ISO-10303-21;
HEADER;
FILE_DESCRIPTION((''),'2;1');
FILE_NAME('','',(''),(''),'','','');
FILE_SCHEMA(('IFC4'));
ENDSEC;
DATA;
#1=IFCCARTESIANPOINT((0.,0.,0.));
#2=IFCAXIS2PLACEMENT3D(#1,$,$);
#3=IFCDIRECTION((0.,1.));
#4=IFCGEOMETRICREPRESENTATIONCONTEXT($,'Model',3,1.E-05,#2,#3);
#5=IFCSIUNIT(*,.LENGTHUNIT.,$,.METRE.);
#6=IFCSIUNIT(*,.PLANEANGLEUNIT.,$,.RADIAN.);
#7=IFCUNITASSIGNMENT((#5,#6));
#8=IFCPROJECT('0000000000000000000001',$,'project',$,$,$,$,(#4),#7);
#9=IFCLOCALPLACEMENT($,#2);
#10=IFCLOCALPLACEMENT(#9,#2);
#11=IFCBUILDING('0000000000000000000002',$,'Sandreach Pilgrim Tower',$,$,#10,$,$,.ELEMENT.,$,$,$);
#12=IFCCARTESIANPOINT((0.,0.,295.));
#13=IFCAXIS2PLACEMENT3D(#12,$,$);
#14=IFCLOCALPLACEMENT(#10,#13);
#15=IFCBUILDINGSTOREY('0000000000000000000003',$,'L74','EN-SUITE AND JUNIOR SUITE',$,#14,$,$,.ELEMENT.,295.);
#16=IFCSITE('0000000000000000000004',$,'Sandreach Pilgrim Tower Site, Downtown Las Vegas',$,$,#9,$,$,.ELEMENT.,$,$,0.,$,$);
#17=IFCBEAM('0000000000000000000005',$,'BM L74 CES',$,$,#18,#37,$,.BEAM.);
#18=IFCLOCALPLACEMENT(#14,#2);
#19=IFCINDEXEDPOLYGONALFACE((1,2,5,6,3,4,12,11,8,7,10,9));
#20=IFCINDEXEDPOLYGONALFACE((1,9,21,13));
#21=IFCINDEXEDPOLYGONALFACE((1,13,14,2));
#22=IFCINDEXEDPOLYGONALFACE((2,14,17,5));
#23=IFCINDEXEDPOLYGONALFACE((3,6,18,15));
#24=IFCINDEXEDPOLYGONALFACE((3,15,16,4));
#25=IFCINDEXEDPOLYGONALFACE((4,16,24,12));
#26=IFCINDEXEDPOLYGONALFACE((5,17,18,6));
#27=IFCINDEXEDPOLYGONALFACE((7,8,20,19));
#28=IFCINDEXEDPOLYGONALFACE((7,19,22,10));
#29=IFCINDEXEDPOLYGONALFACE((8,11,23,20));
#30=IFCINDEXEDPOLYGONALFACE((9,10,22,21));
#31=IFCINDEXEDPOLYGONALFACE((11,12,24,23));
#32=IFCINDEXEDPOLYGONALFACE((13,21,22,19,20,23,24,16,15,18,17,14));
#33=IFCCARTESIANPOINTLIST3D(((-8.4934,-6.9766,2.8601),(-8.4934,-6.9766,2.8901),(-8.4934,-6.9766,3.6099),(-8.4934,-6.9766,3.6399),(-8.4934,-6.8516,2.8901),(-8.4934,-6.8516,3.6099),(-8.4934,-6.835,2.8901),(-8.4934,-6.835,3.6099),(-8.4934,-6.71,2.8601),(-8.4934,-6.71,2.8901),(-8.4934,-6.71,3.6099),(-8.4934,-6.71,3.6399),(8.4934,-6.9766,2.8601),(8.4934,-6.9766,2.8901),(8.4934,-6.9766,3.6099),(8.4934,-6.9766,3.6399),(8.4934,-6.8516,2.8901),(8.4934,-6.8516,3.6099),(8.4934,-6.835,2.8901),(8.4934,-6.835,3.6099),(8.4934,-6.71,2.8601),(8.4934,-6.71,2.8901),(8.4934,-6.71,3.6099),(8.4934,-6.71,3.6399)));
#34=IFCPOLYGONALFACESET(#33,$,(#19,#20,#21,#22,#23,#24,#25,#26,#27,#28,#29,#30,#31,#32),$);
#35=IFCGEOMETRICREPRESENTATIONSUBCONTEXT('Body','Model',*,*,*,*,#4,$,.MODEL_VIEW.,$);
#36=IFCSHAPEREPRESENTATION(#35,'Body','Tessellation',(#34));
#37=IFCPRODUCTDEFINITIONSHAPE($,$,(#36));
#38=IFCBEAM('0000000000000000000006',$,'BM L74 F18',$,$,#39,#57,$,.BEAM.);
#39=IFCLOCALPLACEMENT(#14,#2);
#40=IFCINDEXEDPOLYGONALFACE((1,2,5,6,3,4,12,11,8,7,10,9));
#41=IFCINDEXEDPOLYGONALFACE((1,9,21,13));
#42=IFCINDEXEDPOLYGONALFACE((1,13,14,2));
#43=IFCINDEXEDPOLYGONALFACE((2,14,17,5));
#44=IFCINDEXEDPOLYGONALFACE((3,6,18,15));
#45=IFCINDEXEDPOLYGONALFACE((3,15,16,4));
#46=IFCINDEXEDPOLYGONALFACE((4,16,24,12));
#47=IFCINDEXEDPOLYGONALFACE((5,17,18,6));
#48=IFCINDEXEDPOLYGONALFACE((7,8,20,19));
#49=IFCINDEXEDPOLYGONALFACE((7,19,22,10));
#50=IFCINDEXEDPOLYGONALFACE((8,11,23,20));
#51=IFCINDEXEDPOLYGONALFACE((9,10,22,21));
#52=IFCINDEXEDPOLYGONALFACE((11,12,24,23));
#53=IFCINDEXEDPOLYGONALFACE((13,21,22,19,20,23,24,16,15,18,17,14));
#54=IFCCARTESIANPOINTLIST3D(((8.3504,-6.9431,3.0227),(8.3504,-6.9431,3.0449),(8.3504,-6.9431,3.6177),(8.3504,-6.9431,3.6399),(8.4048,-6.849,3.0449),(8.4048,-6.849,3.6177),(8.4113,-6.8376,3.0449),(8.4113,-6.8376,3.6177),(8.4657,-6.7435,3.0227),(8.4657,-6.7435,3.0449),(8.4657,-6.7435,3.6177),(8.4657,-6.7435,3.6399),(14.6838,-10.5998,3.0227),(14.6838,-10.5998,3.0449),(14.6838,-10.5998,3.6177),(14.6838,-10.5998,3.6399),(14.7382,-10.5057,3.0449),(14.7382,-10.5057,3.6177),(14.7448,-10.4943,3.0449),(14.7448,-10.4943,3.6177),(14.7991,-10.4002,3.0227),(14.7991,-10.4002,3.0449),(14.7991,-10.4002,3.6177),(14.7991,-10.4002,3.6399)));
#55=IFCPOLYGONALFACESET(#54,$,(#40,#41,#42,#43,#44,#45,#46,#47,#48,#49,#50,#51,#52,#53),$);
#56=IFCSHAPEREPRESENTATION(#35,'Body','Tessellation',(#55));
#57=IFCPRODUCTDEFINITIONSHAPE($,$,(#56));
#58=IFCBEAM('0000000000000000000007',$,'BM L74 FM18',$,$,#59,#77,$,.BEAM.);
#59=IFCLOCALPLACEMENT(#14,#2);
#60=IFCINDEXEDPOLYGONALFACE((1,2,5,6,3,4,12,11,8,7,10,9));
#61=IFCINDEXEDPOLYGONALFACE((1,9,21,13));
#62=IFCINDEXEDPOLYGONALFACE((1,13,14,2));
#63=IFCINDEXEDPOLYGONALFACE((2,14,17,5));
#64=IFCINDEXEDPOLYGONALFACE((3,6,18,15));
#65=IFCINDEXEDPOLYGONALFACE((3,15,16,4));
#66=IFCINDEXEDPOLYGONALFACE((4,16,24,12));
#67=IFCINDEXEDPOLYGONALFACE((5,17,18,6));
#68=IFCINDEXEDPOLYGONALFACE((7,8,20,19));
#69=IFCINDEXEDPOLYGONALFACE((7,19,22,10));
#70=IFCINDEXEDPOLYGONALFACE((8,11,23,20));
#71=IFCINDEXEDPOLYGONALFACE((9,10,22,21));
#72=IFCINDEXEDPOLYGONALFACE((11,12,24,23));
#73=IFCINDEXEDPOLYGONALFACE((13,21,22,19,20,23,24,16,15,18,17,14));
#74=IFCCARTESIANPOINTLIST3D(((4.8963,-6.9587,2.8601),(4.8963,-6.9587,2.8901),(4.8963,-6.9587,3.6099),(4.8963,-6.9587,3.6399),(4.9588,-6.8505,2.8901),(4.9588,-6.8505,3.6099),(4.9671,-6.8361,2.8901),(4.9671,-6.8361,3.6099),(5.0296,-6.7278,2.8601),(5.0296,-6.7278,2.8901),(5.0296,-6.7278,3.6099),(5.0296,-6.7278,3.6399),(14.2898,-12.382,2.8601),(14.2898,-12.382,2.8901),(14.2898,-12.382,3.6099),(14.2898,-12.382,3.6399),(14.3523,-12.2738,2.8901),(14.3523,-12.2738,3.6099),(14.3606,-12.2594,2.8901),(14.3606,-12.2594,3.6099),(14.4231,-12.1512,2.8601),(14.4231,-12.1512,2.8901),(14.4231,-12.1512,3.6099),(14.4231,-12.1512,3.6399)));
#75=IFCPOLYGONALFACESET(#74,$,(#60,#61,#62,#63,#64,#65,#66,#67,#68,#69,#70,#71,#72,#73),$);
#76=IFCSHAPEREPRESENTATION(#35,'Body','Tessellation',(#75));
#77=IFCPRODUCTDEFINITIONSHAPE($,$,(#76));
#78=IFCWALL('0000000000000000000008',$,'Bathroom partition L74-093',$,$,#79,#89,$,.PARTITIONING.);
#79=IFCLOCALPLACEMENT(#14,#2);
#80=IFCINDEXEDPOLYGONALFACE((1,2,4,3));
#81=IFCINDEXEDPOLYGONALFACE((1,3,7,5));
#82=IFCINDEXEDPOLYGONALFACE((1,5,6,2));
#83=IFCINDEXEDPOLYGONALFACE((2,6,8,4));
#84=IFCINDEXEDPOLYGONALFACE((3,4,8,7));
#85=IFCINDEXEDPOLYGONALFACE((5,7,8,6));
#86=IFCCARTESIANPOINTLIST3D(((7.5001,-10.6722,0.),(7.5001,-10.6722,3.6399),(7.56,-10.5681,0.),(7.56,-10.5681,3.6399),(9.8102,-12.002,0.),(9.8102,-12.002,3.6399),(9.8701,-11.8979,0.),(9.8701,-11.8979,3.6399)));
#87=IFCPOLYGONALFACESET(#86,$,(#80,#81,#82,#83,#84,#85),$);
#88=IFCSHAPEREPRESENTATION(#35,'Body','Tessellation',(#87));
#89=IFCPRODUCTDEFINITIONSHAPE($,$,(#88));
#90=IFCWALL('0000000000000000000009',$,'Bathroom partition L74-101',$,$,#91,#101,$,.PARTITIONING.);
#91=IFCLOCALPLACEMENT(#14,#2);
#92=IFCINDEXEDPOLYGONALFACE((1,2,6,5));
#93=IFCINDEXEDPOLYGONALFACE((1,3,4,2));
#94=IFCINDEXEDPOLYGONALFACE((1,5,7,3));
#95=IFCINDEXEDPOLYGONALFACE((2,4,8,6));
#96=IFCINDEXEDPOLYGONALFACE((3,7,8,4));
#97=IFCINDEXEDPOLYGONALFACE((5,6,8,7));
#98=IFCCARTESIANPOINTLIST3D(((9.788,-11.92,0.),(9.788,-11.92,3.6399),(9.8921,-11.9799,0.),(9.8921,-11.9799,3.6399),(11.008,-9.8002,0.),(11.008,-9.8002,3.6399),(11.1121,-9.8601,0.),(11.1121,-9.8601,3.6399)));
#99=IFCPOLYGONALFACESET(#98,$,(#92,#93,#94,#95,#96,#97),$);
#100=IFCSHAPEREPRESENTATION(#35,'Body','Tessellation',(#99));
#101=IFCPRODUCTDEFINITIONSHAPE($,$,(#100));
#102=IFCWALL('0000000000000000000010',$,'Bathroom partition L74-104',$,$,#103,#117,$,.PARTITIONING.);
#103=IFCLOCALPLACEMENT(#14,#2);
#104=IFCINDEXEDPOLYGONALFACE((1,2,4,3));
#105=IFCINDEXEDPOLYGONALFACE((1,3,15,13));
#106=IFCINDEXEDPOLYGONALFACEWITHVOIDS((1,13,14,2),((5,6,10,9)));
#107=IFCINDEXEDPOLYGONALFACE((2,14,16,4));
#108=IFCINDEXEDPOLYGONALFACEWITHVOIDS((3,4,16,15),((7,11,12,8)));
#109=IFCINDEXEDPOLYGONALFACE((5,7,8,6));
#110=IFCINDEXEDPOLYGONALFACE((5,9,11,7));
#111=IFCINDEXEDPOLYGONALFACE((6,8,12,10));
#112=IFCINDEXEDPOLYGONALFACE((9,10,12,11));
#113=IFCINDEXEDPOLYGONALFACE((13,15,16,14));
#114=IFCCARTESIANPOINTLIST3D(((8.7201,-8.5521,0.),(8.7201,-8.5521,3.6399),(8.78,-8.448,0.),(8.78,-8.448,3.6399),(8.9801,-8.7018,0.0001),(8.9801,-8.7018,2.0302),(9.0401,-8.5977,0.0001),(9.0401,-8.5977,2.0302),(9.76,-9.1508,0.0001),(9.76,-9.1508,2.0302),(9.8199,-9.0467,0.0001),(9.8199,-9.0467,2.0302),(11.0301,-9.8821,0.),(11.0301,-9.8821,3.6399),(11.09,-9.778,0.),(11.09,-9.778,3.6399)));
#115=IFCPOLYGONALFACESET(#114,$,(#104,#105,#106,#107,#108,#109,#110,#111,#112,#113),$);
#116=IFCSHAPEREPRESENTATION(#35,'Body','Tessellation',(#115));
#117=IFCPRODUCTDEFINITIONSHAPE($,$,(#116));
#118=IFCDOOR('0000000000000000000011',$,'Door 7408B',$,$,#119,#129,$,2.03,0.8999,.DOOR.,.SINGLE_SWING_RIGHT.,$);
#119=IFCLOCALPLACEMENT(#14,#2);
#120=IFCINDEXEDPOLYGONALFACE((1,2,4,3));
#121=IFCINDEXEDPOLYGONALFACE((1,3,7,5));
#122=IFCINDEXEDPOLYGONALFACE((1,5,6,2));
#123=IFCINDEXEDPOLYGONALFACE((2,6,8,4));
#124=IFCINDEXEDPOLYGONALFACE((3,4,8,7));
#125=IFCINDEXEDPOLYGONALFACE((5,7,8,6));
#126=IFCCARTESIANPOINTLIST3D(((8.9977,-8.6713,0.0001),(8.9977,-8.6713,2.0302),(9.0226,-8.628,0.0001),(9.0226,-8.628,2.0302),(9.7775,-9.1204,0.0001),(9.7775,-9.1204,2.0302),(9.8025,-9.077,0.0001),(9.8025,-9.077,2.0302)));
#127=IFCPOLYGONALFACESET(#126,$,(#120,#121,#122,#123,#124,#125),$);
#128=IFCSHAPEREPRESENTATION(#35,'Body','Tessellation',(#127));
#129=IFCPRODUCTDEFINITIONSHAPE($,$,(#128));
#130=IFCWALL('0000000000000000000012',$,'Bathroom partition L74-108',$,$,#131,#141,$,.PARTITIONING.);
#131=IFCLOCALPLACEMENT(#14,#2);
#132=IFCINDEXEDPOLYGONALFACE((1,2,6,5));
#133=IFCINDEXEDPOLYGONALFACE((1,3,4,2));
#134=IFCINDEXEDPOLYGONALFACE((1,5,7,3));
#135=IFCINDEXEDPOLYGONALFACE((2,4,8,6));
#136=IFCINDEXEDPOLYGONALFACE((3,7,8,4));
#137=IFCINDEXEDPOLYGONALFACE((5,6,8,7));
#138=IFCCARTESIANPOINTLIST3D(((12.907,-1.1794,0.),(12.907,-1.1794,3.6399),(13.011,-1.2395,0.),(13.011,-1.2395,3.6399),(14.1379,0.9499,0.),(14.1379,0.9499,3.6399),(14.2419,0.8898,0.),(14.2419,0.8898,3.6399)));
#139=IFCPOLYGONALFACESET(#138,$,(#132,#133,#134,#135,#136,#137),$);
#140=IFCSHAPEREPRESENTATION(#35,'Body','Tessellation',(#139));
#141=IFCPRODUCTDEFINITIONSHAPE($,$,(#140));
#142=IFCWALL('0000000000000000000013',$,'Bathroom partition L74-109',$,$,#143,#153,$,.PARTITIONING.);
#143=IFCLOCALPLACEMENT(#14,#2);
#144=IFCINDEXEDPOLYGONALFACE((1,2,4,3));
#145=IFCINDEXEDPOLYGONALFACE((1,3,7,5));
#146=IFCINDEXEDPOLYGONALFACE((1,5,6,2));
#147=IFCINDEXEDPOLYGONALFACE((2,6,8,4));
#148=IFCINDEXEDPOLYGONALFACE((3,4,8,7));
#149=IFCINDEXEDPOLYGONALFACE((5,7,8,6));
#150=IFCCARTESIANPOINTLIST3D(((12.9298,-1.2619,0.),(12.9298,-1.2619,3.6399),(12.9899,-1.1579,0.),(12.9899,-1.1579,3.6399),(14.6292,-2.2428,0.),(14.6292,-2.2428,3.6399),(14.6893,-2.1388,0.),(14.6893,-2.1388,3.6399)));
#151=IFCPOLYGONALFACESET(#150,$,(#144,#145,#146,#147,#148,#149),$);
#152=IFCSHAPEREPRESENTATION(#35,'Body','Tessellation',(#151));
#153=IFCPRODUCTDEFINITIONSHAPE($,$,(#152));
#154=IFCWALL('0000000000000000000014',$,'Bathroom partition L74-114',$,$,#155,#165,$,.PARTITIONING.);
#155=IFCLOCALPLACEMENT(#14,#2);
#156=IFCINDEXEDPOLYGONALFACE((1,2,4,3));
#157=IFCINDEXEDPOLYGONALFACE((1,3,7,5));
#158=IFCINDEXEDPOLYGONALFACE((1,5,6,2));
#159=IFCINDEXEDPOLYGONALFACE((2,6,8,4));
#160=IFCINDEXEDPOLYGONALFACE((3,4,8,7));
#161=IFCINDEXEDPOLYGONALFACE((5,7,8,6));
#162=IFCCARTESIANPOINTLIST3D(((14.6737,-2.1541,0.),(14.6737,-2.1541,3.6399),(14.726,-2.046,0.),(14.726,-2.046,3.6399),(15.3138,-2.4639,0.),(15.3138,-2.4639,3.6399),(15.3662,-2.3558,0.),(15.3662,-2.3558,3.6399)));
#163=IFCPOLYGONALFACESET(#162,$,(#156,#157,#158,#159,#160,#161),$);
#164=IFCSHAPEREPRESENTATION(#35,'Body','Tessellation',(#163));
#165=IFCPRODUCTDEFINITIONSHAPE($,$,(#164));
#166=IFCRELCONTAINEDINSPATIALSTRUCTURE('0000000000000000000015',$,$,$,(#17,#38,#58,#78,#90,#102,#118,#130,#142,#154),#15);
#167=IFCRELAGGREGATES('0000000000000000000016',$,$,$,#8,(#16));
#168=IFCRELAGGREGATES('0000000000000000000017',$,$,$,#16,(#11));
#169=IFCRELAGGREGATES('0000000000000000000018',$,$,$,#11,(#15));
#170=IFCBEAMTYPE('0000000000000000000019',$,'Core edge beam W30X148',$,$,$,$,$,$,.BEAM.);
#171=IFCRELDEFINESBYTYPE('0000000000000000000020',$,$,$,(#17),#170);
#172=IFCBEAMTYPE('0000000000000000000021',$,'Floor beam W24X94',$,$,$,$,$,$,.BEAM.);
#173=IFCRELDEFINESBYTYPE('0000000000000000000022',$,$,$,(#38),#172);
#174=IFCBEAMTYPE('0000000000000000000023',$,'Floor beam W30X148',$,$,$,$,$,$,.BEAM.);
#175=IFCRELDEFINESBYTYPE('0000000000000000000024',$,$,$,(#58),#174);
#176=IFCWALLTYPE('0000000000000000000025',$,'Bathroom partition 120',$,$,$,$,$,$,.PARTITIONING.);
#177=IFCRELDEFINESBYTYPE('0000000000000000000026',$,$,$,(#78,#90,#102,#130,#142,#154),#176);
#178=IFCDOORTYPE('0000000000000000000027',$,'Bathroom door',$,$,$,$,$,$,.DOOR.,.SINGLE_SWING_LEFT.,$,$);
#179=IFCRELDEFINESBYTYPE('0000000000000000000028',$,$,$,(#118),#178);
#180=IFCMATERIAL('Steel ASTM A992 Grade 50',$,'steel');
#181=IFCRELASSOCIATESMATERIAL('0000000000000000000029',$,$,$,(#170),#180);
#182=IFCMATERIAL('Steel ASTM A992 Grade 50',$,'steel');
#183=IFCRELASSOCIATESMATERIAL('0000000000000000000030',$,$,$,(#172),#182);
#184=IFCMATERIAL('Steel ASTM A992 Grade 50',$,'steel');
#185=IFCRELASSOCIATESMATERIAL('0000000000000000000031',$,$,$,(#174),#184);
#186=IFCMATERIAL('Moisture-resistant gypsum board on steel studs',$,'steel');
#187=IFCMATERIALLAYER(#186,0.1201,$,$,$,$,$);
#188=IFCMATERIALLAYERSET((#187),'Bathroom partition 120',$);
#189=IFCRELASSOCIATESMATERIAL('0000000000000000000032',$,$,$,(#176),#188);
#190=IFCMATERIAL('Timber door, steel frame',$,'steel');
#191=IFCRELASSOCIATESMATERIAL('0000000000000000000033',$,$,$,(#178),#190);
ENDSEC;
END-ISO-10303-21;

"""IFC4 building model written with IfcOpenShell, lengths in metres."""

from ifc_helpers import new_model, si_unit, direction, frame, frame_2d, origin, origin_2d, place, context, subcontext, project, spatial, rectangle, i_section, extrude, material, layer, layer_set, material_profile, profile_set, type_object, element, fill, save


model = new_model("IFC4")

# Units and contexts
model_context = context("Model", 3, precision=1e-05, world=origin(), true_north=direction((0.0, 1.0)))
body_context = subcontext(model_context, "Body", "Model", "MODEL_VIEW")
ifc_project = project(units=[si_unit("LENGTHUNIT", "METRE"), si_unit("PLANEANGLEUNIT", "RADIAN")], contexts=[model_context])

# Site, building, storey
site_placement = place(None, origin())
site = spatial("IfcSite", under=ifc_project, at=site_placement, Name="Sandreach Pilgrim Tower Site, Downtown Las Vegas", CompositionType="ELEMENT", RefElevation=0.0)
building_placement = place(site_placement, origin())
building = spatial("IfcBuilding", under=site, at=building_placement, Name="Sandreach Pilgrim Tower", CompositionType="ELEMENT")
storey_placement = place(building_placement, frame((0.0, 0.0, 295.0)))
storey = spatial("IfcBuildingStorey", under=building, at=storey_placement, Name="L74", Description="EN-SUITE AND JUNIOR SUITE", CompositionType="ELEMENT", Elevation=295.0)

# Beams
ifc_material_1 = material(Name="Steel ASTM A992 Grade 50", Category="steel")
ifc_material_profile_1 = material_profile(ifc_material_1, i_section(OverallWidth=0.2666, OverallDepth=0.7798, WebThickness=0.0166, FlangeThickness=0.03, at=origin_2d()), Name="W30X148")
ifc_profile_set_1 = profile_set([ifc_material_profile_1], Name="Steel ASTM A992 Grade 50")
beam_type_1 = type_object("IfcBeamType", Name="Core edge beam W30X148", PredefinedType="BEAM", material=ifc_profile_set_1)
beam_1_placement = place(storey_placement, frame((8.4934, -6.8433, 3.25), z_axis=(-1.0, 0.0, 0.0), x_axis=(0.0, -1.0, 0.0)))
element("IfcBeam", 1, at=beam_1_placement, inside=storey, type_object=beam_type_1, Name="BM L74 CES", PredefinedType="BEAM", context=body_context, shape_type="SweptSolid", body=[
    extrude(i_section(OverallWidth=0.2666, OverallDepth=0.7798, WebThickness=0.0166, FlangeThickness=0.03, at=origin_2d()), origin(), (0.0, 0.0, 1.0), 16.9868),
])
ifc_material_2 = material(Name="Steel ASTM A992 Grade 50", Category="steel")
ifc_material_profile_2 = material_profile(ifc_material_2, i_section(OverallWidth=0.2305, OverallDepth=0.6172, WebThickness=0.0132, FlangeThickness=0.0222, at=origin_2d()), Name="W24X94")
ifc_profile_set_2 = profile_set([ifc_material_profile_2], Name="Steel ASTM A992 Grade 50")
beam_type_2 = type_object("IfcBeamType", Name="Floor beam W24X94", PredefinedType="BEAM", material=ifc_profile_set_2)
beam_2_placement = place(storey_placement, frame((14.7415, -10.5, 3.3313), z_axis=(-0.86602, 0.500009, 0.0), x_axis=(-0.500009, -0.86602, 0.0)))
element("IfcBeam", 2, at=beam_2_placement, inside=storey, type_object=beam_type_2, Name="BM L74 F18", PredefinedType="BEAM", context=body_context, shape_type="SweptSolid", body=[
    extrude(i_section(OverallWidth=0.2305, OverallDepth=0.6172, WebThickness=0.0132, FlangeThickness=0.0222, at=origin_2d()), origin(), (0.0, 0.0, 1.0), 7.3132),
])
ifc_material_3 = material(Name="Steel ASTM A992 Grade 50", Category="steel")
ifc_material_profile_3 = material_profile(ifc_material_3, i_section(OverallWidth=0.2666, OverallDepth=0.7798, WebThickness=0.0166, FlangeThickness=0.03, at=origin_2d()), Name="W30X148")
ifc_profile_set_3 = profile_set([ifc_material_profile_3], Name="Steel ASTM A992 Grade 50")
beam_type_3 = type_object("IfcBeamType", Name="Floor beam W30X148", PredefinedType="BEAM", material=ifc_profile_set_3)
beam_3_placement = place(storey_placement, frame((14.3564, -12.2666, 3.25), z_axis=(-0.866027, 0.499998, 0.0), x_axis=(-0.499998, -0.866027, 0.0)))
element("IfcBeam", 3, at=beam_3_placement, inside=storey, type_object=beam_type_3, Name="BM L74 FM18", PredefinedType="BEAM", context=body_context, shape_type="SweptSolid", body=[
    extrude(i_section(OverallWidth=0.2666, OverallDepth=0.7798, WebThickness=0.0166, FlangeThickness=0.03, at=origin_2d()), origin(), (0.0, 0.0, 1.0), 10.8467),
])

# Walls
ifc_material_4 = material(Name="Moisture-resistant gypsum board on steel studs", Category="steel")
ifc_layer_1 = layer(ifc_material_4, 0.1201)
ifc_layer_set_1 = layer_set([ifc_layer_1], Name="Bathroom partition 120")
wall_type_1 = type_object("IfcWallType", Name="Bathroom partition 120", PredefinedType="PARTITIONING", material=ifc_layer_set_1)
wall_1_placement = place(storey_placement, frame((7.53, -10.6201, 0.0), z_axis=(0.0, 0.0, 1.0), x_axis=(0.866655, -0.498908, 0.0)))
element("IfcWall", 4, at=wall_1_placement, inside=storey, type_object=wall_type_1, Name="Bathroom partition L74-093", PredefinedType="PARTITIONING", context=body_context, shape_type="SweptSolid", body=[
    extrude(rectangle(XDim=2.6655, YDim=0.1201, at=frame_2d((1.3328, 0.0))), origin(), (0.0, 0.0, 1.0), 3.6399),
])
wall_2_placement = place(storey_placement, frame((9.8401, -11.95, 0.0), z_axis=(0.0, 0.0, 1.0), x_axis=(0.498792, 0.866722, 0.0)))
element("IfcWall", 5, at=wall_2_placement, inside=storey, type_object=wall_type_1, Name="Bathroom partition L74-101", PredefinedType="PARTITIONING", context=body_context, shape_type="SweptSolid", body=[
    extrude(rectangle(XDim=2.4458, YDim=0.1201, at=frame_2d((1.2229, 0.0))), origin(), (0.0, 0.0, 1.0), 3.6399),
])

# Wall, opening, door
wall_3_placement = place(storey_placement, frame((11.0601, -9.8301, 0.0), z_axis=(0.0, 0.0, 1.0), x_axis=(-0.866615, 0.498977, 0.0)))
wall_3 = element("IfcWall", 6, at=wall_3_placement, inside=storey, type_object=wall_type_1, Name="Bathroom partition L74-104", PredefinedType="PARTITIONING", context=body_context, shape_type="SweptSolid", body=[
    extrude(rectangle(XDim=2.6655, YDim=0.1201, at=frame_2d((1.3328, 0.0))), origin(), (0.0, 0.0, 1.0), 3.6399),
])
opening_1_placement = place(wall_3_placement, frame((1.4656, 0.0, 0.0)))
opening_1 = element("IfcOpeningElement", 7, at=opening_1_placement, cuts=wall_3, PredefinedType="OPENING", context=body_context, shape_type="SweptSolid", body=[
    extrude(rectangle(XDim=0.8999, YDim=2.03, at=frame_2d((0.45, 1.0151))), frame((0.0, 0.0601, 0.0), z_axis=(0.0, -1.0, 0.0), x_axis=(1.0, 0.0, 0.0)), (0.0, 0.0, 1.0), 0.1201),
])
ifc_material_5 = material(Name="Timber door, steel frame", Category="steel")
door_type_1 = type_object("IfcDoorType", Name="Bathroom door", OperationType="SINGLE_SWING_LEFT", PredefinedType="DOOR", material=ifc_material_5)
door_1_placement = place(opening_1_placement, origin())
door_1 = element("IfcDoor", 8, at=door_1_placement, inside=storey, type_object=door_type_1, Name="Door 7408B", OperationType="SINGLE_SWING_RIGHT", OverallHeight=2.03, OverallWidth=0.8999, PredefinedType="DOOR", context=body_context, shape_type="SweptSolid", body=[
    extrude(rectangle(XDim=0.8999, YDim=2.03, at=frame_2d((0.45, 1.0151))), frame((0.0, 0.0249, 0.0), z_axis=(0.0, -1.0, 0.0), x_axis=(1.0, 0.0, 0.0)), (0.0, 0.0, 1.0), 0.05),
])
fill(opening_1, door_1)

# Walls
wall_4_placement = place(storey_placement, frame((12.959, -1.2095, 0.0), z_axis=(0.0, 0.0, 1.0), x_axis=(0.500473, 0.865752, 0.0)))
element("IfcWall", 9, at=wall_4_placement, inside=storey, type_object=wall_type_1, Name="Bathroom partition L74-108", PredefinedType="PARTITIONING", context=body_context, shape_type="SweptSolid", body=[
    extrude(rectangle(XDim=2.4595, YDim=0.1201, at=frame_2d((1.2297, 0.0))), origin(), (0.0, 0.0, 1.0), 3.6399),
])
wall_5_placement = place(storey_placement, frame((12.96, -1.21, 0.0), z_axis=(0.0, 0.0, 1.0), x_axis=(0.866076, -0.499913, 0.0)))
element("IfcWall", 10, at=wall_5_placement, inside=storey, type_object=wall_type_1, Name="Bathroom partition L74-109", PredefinedType="PARTITIONING", context=body_context, shape_type="SweptSolid", body=[
    extrude(rectangle(XDim=1.9622, YDim=0.1201, at=frame_2d((0.981, 0.0))), origin(), (0.0, 0.0, 1.0), 3.6399),
])
wall_6_placement = place(storey_placement, frame((14.7, -2.1001, 0.0), z_axis=(0.0, 0.0, 1.0), x_axis=(0.90012, -0.435642, 0.0)))
element("IfcWall", 11, at=wall_6_placement, inside=storey, type_object=wall_type_1, Name="Bathroom partition L74-114", PredefinedType="PARTITIONING", context=body_context, shape_type="SweptSolid", body=[
    extrude(rectangle(XDim=0.7112, YDim=0.1201, at=frame_2d((0.3555, 0.0))), origin(), (0.0, 0.0, 1.0), 3.6399),
])

save(model, "model.ifc")
